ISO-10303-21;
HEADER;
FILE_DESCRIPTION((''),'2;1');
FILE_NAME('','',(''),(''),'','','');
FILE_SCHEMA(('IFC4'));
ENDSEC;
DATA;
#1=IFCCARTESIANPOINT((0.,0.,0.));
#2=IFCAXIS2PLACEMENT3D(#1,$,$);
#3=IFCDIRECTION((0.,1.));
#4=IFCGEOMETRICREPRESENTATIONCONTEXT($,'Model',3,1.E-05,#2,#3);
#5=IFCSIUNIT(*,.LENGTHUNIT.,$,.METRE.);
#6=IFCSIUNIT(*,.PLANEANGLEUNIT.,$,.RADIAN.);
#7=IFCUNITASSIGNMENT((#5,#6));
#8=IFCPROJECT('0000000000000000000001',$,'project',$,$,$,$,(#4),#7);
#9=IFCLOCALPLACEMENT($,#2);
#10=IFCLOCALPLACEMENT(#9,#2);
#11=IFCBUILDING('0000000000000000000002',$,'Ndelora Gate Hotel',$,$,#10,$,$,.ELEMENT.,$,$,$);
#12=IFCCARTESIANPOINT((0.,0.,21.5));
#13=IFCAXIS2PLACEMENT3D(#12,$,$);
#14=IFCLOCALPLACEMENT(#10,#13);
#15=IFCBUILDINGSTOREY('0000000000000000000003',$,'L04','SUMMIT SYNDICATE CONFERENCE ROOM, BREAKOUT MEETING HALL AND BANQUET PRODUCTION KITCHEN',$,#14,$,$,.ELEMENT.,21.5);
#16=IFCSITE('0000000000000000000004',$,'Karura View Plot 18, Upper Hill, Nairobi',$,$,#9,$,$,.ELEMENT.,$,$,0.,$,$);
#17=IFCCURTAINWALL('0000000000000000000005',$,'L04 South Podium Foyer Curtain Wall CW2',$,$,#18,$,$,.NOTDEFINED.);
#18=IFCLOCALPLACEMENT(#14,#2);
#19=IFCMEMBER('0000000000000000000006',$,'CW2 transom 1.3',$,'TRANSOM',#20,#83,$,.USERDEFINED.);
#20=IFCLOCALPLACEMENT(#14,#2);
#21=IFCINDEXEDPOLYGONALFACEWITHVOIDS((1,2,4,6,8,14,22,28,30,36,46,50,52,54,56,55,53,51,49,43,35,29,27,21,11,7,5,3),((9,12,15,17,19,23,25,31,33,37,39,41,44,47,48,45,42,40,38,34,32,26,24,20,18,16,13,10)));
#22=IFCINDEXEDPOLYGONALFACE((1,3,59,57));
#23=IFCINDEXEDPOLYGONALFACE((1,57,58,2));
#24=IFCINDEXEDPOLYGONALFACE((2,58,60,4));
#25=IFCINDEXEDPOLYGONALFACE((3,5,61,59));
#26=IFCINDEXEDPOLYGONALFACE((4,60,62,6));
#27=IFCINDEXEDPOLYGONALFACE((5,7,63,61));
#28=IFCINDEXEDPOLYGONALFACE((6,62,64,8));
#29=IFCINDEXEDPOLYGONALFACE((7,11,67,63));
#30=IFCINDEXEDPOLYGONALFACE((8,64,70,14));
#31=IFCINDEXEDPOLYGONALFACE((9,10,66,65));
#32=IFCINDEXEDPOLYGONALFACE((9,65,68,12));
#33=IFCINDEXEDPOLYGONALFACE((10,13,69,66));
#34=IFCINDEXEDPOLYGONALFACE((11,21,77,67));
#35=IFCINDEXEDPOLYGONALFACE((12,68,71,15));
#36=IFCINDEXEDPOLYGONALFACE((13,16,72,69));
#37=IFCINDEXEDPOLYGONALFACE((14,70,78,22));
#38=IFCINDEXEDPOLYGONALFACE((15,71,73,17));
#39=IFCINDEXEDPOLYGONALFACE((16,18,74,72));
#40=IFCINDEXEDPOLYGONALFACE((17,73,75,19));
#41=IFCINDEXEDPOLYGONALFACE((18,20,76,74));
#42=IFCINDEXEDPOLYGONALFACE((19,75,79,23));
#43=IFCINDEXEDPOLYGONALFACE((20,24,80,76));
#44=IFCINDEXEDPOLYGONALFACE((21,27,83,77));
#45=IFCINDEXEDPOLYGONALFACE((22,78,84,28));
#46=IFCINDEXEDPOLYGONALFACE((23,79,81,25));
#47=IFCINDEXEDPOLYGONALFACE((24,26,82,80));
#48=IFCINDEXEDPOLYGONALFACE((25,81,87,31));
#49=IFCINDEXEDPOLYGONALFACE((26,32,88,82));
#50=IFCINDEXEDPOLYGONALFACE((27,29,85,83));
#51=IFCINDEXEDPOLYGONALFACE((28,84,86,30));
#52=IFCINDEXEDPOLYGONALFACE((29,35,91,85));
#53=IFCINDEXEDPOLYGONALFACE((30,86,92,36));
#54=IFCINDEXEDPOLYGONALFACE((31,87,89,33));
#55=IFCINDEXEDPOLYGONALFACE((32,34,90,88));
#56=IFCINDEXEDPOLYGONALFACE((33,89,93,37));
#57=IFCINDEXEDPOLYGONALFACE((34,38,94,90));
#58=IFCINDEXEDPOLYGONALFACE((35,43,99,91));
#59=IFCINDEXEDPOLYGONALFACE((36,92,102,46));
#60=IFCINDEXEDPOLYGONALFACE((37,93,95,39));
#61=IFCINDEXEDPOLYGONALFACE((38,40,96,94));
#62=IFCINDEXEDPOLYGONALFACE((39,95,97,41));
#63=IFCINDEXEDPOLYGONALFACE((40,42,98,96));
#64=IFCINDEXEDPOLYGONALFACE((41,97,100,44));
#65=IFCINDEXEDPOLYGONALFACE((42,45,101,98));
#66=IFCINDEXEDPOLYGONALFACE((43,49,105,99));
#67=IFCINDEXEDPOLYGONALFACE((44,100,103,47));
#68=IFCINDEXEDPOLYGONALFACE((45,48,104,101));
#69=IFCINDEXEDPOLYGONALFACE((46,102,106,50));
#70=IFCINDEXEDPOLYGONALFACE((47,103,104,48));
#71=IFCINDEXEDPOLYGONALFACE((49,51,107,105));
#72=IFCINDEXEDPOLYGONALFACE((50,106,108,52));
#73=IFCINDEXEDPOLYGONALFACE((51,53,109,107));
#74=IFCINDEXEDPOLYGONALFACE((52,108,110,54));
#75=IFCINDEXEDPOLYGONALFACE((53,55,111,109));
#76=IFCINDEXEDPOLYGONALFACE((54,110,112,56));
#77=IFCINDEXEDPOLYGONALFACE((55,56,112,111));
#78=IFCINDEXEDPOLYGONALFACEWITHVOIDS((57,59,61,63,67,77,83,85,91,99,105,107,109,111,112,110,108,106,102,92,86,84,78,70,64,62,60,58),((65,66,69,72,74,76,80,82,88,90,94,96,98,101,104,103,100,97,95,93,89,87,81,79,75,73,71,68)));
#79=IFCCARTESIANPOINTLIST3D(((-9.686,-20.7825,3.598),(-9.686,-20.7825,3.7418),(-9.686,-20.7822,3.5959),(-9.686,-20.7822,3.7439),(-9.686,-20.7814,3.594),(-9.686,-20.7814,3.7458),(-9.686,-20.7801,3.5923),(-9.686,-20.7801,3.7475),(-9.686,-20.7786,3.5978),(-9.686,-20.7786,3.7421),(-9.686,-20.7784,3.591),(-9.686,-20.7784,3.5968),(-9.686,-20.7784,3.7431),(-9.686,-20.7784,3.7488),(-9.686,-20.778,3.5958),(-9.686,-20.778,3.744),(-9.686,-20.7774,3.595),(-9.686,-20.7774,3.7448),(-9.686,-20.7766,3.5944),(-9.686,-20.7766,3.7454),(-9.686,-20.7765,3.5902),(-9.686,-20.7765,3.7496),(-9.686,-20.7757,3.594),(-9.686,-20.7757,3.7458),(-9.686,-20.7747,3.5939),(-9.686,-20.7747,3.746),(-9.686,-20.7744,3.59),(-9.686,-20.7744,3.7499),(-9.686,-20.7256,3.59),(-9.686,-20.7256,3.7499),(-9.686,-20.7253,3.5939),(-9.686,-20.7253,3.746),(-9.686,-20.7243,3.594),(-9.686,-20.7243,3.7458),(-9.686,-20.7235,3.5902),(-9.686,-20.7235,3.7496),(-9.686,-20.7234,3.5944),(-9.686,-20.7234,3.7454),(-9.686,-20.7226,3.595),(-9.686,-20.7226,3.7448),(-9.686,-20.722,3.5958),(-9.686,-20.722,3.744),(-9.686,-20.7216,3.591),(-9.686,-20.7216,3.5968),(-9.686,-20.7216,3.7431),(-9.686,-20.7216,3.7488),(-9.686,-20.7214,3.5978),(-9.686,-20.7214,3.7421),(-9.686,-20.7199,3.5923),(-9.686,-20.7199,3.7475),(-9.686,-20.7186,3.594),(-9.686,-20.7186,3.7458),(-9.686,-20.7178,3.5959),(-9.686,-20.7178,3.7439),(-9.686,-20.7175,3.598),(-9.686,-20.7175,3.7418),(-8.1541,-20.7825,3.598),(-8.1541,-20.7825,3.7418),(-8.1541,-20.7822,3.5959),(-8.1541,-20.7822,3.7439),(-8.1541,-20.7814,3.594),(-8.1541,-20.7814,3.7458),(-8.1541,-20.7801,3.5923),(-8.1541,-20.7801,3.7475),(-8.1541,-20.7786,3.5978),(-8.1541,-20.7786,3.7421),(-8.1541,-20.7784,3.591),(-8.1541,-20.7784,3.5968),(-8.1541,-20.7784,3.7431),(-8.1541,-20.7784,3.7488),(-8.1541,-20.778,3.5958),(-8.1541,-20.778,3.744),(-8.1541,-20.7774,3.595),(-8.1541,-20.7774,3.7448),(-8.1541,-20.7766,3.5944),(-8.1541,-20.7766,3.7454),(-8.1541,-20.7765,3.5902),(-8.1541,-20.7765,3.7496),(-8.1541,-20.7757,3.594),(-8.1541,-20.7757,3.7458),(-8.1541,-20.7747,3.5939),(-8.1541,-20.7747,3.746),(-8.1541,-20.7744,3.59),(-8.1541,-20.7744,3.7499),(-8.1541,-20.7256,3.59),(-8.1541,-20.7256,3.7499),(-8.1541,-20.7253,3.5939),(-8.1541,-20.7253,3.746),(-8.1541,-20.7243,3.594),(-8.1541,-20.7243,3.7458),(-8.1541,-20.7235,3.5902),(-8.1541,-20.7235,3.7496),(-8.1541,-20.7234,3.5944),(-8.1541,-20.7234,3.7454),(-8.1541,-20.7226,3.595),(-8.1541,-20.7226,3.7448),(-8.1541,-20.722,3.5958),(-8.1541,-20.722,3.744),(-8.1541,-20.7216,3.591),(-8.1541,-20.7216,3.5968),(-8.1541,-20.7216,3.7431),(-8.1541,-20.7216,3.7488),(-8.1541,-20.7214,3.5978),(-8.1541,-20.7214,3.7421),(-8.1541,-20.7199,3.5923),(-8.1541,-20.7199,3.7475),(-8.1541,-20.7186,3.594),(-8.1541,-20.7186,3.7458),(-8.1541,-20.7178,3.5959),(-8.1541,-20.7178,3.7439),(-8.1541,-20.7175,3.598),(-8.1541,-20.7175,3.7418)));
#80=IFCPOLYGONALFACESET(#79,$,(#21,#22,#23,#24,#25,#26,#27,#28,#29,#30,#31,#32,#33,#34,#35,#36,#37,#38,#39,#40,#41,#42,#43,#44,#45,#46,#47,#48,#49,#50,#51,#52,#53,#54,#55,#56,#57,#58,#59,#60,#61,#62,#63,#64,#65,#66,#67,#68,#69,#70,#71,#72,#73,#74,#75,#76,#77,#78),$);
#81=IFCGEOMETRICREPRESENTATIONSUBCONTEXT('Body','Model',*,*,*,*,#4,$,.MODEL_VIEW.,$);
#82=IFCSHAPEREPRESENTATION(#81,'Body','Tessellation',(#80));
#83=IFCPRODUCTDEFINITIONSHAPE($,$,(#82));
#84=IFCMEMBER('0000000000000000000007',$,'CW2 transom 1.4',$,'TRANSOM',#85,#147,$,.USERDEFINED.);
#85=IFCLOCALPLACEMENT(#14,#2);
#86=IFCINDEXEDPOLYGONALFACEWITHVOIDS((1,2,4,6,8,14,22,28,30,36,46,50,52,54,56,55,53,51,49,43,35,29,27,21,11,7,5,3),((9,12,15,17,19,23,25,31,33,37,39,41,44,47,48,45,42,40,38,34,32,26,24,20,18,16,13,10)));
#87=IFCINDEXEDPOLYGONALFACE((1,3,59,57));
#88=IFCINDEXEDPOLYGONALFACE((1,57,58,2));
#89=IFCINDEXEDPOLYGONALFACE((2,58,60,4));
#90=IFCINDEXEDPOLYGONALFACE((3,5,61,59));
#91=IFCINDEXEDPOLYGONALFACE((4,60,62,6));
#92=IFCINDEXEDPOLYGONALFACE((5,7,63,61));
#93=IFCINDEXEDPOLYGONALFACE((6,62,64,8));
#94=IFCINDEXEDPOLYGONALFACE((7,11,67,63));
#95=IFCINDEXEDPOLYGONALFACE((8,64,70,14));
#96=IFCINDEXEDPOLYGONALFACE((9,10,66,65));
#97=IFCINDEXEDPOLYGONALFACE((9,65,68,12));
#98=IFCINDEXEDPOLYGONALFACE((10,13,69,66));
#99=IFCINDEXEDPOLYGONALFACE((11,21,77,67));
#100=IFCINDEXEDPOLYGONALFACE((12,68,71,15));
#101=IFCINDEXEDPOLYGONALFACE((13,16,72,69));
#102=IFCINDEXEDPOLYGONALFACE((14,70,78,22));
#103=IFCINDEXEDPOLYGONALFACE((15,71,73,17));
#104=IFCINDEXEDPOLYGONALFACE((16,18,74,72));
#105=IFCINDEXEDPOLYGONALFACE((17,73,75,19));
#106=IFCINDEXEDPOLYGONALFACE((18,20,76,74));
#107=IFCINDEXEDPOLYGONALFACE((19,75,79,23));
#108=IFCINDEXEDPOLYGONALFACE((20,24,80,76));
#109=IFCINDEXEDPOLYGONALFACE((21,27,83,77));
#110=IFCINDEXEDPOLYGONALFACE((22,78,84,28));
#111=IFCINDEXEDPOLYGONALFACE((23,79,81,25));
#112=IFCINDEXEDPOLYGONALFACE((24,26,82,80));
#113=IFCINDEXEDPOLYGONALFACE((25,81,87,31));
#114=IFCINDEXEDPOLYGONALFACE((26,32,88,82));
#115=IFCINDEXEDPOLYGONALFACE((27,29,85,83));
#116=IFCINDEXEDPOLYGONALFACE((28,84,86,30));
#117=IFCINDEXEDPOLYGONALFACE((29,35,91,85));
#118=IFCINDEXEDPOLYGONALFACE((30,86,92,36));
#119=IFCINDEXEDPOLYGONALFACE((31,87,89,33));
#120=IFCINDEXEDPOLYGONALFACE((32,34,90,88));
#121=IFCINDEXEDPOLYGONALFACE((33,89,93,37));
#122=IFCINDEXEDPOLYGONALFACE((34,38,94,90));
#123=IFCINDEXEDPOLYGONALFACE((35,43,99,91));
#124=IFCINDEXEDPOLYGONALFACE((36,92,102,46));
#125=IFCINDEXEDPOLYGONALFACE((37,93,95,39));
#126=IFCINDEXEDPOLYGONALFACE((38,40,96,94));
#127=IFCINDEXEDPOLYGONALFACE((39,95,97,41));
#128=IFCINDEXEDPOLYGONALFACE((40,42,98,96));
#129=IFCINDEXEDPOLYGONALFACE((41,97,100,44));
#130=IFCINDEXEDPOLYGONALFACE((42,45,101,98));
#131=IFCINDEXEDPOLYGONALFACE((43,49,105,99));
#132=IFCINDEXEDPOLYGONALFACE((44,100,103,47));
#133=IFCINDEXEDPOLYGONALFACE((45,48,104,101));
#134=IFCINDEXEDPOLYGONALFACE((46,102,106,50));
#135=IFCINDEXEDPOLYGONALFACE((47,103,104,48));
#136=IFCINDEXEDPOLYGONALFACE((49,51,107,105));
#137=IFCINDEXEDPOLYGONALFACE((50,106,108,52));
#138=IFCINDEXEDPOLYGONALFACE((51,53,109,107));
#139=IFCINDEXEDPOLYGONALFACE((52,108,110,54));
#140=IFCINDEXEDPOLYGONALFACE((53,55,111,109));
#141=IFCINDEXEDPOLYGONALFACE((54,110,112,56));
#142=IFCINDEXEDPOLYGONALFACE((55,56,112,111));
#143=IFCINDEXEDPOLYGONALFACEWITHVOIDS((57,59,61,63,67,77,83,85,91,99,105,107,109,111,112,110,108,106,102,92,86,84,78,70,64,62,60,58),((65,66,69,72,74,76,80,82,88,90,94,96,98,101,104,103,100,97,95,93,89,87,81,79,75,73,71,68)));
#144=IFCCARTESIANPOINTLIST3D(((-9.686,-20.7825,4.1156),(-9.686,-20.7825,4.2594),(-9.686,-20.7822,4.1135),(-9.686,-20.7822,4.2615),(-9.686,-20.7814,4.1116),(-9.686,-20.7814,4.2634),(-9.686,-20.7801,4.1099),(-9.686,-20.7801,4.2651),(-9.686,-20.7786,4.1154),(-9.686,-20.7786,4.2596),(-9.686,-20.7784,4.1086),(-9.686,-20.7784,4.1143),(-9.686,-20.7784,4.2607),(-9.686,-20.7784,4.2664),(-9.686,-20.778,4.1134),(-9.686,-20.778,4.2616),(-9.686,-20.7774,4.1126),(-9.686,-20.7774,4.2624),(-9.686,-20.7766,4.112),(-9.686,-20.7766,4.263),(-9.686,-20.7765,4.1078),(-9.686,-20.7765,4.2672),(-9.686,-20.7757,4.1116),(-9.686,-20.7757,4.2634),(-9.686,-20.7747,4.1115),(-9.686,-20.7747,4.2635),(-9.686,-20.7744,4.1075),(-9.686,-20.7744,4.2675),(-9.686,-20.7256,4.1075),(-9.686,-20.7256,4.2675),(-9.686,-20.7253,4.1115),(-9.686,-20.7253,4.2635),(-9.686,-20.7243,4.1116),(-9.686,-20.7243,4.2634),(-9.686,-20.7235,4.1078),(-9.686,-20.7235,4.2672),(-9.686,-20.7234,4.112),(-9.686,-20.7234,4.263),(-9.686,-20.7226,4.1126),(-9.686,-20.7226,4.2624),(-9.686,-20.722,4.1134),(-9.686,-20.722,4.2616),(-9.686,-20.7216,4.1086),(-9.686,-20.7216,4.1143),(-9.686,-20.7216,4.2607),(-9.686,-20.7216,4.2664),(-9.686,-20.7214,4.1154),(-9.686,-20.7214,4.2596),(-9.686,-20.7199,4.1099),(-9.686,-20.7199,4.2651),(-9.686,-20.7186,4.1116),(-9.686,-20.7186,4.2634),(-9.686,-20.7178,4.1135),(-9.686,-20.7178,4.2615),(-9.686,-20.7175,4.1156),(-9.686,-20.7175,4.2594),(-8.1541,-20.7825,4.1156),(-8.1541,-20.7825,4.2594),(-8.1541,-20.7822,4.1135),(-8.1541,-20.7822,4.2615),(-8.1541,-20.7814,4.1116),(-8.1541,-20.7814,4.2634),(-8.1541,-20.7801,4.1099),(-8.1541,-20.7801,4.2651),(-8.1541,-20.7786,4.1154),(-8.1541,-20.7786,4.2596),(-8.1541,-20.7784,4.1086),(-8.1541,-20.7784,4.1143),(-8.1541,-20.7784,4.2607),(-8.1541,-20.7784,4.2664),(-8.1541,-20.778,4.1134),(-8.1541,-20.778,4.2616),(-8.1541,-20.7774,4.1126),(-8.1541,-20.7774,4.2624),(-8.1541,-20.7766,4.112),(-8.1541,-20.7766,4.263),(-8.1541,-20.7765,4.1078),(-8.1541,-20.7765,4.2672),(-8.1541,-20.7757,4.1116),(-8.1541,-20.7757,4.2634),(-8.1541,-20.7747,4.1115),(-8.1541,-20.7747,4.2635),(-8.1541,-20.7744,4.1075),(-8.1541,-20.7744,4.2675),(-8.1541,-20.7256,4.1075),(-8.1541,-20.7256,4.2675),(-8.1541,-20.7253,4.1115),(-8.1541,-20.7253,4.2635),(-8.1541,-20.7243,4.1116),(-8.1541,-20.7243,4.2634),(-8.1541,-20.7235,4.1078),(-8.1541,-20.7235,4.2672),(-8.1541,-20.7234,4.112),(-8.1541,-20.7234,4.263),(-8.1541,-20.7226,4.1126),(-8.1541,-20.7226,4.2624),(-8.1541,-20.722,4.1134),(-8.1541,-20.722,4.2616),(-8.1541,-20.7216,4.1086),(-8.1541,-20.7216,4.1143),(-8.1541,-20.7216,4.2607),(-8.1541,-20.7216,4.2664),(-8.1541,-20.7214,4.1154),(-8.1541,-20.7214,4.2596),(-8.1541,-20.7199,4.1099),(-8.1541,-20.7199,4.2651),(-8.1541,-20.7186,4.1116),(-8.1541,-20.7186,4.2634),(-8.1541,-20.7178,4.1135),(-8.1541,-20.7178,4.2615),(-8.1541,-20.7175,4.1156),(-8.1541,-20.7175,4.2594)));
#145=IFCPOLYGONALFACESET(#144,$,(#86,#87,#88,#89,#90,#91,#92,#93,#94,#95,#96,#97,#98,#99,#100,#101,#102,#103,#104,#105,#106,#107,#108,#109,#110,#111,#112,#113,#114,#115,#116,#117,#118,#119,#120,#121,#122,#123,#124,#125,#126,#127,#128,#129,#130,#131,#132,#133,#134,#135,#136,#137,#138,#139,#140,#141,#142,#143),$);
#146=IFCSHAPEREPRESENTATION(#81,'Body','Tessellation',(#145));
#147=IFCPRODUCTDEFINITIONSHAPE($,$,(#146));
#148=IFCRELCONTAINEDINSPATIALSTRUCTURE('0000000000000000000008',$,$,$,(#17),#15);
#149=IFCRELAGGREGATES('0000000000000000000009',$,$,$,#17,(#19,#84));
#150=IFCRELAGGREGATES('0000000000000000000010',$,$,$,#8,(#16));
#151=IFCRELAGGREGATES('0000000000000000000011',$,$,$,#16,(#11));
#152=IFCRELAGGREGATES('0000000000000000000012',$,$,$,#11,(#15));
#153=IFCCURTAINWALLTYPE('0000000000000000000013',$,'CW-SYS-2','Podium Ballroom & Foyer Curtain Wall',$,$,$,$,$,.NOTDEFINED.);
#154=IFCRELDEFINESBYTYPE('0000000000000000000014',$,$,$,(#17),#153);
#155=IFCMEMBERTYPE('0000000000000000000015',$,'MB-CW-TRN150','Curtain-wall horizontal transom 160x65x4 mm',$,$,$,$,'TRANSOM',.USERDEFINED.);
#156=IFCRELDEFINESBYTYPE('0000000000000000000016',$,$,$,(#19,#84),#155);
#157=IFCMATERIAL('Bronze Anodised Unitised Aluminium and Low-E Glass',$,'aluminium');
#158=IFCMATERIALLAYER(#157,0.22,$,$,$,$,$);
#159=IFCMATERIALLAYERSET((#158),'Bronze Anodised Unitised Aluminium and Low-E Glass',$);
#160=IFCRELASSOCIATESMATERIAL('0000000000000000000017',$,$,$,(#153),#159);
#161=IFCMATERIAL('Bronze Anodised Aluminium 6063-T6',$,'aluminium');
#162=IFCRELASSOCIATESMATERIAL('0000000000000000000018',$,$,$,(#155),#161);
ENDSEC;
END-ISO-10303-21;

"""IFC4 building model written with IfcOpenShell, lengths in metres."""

from ifc_helpers import new_model, si_unit, direction, frame, origin, origin_2d, place, context, subcontext, project, spatial, hollow_rectangle, extrude, material, layer, layer_set, material_profile, profile_set, type_object, element, aggregate, save


model = new_model("IFC4")

# Units and contexts
model_context = context("Model", 3, precision=1e-05, world=origin(), true_north=direction((0.0, 1.0)))
body_context = subcontext(model_context, "Body", "Model", "MODEL_VIEW")
ifc_project = project(units=[si_unit("LENGTHUNIT", "METRE"), si_unit("PLANEANGLEUNIT", "RADIAN")], contexts=[model_context])

# Site, building, storey
site_placement = place(None, origin())
site = spatial("IfcSite", under=ifc_project, at=site_placement, Name="Karura View Plot 18, Upper Hill, Nairobi", CompositionType="ELEMENT", RefElevation=0.0)
building_placement = place(site_placement, origin())
building = spatial("IfcBuilding", under=site, at=building_placement, Name="Ndelora Gate Hotel", CompositionType="ELEMENT")
storey_placement = place(building_placement, frame((0.0, 0.0, 21.5)))
storey = spatial("IfcBuildingStorey", under=building, at=storey_placement, Name="L04", Description="SUMMIT SYNDICATE CONFERENCE ROOM, BREAKOUT MEETING HALL AND BANQUET PRODUCTION KITCHEN", CompositionType="ELEMENT", Elevation=21.5)

# Curtain wall, members
ifc_material_1 = material(Name="Bronze Anodised Unitised Aluminium and Low-E Glass", Category="aluminium")
ifc_layer_1 = layer(ifc_material_1, 0.22)
ifc_layer_set_1 = layer_set([ifc_layer_1], Name="Bronze Anodised Unitised Aluminium and Low-E Glass")
curtain_wall_type = type_object("IfcCurtainWallType", Name="CW-SYS-2", Description="Podium Ballroom & Foyer Curtain Wall", PredefinedType="NOTDEFINED", material=ifc_layer_set_1)
curtain_wall_placement = place(storey_placement, origin())
curtain_wall = element("IfcCurtainWall", 1, at=curtain_wall_placement, inside=storey, type_object=curtain_wall_type, Name="L04 South Podium Foyer Curtain Wall CW2", PredefinedType="NOTDEFINED")
ifc_material_2 = material(Name="Bronze Anodised Aluminium 6063-T6", Category="aluminium")
ifc_material_profile_1 = material_profile(ifc_material_2, hollow_rectangle(XDim=0.0649, YDim=0.1599, WallThickness=0.0039, InnerFilletRadius=0.0039, OuterFilletRadius=0.0081, at=origin_2d()), Name="ALU 160x65x4")
ifc_profile_set_1 = profile_set([ifc_material_profile_1], Name="Bronze Anodised Aluminium 6063-T6")
member_type_1 = type_object("IfcMemberType", Name="MB-CW-TRN150", Description="Curtain-wall horizontal transom 160x65x4 mm", ElementType="TRANSOM", PredefinedType="USERDEFINED", material=ifc_profile_set_1)
member_1_placement = place(storey_placement, frame((-9.686, -20.75, 3.6699), z_axis=(1.0, 0.0, 0.0), x_axis=(0.0, 1.0, 0.0)))
member_1 = element("IfcMember", 2, at=member_1_placement, type_object=member_type_1, Name="CW2 transom 1.3", ObjectType="TRANSOM", PredefinedType="USERDEFINED", context=body_context, shape_type="SweptSolid", body=[
    extrude(hollow_rectangle(XDim=0.0649, YDim=0.1599, WallThickness=0.0039, InnerFilletRadius=0.0039, OuterFilletRadius=0.0081, at=origin_2d()), origin(), (0.0, 0.0, 1.0), 1.532),
])
member_2_placement = place(storey_placement, frame((-9.686, -20.75, 4.1875), z_axis=(1.0, 0.0, 0.0), x_axis=(0.0, 1.0, 0.0)))
member_2 = element("IfcMember", 3, at=member_2_placement, type_object=member_type_1, Name="CW2 transom 1.4", ObjectType="TRANSOM", PredefinedType="USERDEFINED", context=body_context, shape_type="SweptSolid", body=[
    extrude(hollow_rectangle(XDim=0.0649, YDim=0.1599, WallThickness=0.0039, InnerFilletRadius=0.0039, OuterFilletRadius=0.0081, at=origin_2d()), origin(), (0.0, 0.0, 1.0), 1.532),
])
aggregate(curtain_wall, [member_1, member_2])

save(model, "model.ifc")
